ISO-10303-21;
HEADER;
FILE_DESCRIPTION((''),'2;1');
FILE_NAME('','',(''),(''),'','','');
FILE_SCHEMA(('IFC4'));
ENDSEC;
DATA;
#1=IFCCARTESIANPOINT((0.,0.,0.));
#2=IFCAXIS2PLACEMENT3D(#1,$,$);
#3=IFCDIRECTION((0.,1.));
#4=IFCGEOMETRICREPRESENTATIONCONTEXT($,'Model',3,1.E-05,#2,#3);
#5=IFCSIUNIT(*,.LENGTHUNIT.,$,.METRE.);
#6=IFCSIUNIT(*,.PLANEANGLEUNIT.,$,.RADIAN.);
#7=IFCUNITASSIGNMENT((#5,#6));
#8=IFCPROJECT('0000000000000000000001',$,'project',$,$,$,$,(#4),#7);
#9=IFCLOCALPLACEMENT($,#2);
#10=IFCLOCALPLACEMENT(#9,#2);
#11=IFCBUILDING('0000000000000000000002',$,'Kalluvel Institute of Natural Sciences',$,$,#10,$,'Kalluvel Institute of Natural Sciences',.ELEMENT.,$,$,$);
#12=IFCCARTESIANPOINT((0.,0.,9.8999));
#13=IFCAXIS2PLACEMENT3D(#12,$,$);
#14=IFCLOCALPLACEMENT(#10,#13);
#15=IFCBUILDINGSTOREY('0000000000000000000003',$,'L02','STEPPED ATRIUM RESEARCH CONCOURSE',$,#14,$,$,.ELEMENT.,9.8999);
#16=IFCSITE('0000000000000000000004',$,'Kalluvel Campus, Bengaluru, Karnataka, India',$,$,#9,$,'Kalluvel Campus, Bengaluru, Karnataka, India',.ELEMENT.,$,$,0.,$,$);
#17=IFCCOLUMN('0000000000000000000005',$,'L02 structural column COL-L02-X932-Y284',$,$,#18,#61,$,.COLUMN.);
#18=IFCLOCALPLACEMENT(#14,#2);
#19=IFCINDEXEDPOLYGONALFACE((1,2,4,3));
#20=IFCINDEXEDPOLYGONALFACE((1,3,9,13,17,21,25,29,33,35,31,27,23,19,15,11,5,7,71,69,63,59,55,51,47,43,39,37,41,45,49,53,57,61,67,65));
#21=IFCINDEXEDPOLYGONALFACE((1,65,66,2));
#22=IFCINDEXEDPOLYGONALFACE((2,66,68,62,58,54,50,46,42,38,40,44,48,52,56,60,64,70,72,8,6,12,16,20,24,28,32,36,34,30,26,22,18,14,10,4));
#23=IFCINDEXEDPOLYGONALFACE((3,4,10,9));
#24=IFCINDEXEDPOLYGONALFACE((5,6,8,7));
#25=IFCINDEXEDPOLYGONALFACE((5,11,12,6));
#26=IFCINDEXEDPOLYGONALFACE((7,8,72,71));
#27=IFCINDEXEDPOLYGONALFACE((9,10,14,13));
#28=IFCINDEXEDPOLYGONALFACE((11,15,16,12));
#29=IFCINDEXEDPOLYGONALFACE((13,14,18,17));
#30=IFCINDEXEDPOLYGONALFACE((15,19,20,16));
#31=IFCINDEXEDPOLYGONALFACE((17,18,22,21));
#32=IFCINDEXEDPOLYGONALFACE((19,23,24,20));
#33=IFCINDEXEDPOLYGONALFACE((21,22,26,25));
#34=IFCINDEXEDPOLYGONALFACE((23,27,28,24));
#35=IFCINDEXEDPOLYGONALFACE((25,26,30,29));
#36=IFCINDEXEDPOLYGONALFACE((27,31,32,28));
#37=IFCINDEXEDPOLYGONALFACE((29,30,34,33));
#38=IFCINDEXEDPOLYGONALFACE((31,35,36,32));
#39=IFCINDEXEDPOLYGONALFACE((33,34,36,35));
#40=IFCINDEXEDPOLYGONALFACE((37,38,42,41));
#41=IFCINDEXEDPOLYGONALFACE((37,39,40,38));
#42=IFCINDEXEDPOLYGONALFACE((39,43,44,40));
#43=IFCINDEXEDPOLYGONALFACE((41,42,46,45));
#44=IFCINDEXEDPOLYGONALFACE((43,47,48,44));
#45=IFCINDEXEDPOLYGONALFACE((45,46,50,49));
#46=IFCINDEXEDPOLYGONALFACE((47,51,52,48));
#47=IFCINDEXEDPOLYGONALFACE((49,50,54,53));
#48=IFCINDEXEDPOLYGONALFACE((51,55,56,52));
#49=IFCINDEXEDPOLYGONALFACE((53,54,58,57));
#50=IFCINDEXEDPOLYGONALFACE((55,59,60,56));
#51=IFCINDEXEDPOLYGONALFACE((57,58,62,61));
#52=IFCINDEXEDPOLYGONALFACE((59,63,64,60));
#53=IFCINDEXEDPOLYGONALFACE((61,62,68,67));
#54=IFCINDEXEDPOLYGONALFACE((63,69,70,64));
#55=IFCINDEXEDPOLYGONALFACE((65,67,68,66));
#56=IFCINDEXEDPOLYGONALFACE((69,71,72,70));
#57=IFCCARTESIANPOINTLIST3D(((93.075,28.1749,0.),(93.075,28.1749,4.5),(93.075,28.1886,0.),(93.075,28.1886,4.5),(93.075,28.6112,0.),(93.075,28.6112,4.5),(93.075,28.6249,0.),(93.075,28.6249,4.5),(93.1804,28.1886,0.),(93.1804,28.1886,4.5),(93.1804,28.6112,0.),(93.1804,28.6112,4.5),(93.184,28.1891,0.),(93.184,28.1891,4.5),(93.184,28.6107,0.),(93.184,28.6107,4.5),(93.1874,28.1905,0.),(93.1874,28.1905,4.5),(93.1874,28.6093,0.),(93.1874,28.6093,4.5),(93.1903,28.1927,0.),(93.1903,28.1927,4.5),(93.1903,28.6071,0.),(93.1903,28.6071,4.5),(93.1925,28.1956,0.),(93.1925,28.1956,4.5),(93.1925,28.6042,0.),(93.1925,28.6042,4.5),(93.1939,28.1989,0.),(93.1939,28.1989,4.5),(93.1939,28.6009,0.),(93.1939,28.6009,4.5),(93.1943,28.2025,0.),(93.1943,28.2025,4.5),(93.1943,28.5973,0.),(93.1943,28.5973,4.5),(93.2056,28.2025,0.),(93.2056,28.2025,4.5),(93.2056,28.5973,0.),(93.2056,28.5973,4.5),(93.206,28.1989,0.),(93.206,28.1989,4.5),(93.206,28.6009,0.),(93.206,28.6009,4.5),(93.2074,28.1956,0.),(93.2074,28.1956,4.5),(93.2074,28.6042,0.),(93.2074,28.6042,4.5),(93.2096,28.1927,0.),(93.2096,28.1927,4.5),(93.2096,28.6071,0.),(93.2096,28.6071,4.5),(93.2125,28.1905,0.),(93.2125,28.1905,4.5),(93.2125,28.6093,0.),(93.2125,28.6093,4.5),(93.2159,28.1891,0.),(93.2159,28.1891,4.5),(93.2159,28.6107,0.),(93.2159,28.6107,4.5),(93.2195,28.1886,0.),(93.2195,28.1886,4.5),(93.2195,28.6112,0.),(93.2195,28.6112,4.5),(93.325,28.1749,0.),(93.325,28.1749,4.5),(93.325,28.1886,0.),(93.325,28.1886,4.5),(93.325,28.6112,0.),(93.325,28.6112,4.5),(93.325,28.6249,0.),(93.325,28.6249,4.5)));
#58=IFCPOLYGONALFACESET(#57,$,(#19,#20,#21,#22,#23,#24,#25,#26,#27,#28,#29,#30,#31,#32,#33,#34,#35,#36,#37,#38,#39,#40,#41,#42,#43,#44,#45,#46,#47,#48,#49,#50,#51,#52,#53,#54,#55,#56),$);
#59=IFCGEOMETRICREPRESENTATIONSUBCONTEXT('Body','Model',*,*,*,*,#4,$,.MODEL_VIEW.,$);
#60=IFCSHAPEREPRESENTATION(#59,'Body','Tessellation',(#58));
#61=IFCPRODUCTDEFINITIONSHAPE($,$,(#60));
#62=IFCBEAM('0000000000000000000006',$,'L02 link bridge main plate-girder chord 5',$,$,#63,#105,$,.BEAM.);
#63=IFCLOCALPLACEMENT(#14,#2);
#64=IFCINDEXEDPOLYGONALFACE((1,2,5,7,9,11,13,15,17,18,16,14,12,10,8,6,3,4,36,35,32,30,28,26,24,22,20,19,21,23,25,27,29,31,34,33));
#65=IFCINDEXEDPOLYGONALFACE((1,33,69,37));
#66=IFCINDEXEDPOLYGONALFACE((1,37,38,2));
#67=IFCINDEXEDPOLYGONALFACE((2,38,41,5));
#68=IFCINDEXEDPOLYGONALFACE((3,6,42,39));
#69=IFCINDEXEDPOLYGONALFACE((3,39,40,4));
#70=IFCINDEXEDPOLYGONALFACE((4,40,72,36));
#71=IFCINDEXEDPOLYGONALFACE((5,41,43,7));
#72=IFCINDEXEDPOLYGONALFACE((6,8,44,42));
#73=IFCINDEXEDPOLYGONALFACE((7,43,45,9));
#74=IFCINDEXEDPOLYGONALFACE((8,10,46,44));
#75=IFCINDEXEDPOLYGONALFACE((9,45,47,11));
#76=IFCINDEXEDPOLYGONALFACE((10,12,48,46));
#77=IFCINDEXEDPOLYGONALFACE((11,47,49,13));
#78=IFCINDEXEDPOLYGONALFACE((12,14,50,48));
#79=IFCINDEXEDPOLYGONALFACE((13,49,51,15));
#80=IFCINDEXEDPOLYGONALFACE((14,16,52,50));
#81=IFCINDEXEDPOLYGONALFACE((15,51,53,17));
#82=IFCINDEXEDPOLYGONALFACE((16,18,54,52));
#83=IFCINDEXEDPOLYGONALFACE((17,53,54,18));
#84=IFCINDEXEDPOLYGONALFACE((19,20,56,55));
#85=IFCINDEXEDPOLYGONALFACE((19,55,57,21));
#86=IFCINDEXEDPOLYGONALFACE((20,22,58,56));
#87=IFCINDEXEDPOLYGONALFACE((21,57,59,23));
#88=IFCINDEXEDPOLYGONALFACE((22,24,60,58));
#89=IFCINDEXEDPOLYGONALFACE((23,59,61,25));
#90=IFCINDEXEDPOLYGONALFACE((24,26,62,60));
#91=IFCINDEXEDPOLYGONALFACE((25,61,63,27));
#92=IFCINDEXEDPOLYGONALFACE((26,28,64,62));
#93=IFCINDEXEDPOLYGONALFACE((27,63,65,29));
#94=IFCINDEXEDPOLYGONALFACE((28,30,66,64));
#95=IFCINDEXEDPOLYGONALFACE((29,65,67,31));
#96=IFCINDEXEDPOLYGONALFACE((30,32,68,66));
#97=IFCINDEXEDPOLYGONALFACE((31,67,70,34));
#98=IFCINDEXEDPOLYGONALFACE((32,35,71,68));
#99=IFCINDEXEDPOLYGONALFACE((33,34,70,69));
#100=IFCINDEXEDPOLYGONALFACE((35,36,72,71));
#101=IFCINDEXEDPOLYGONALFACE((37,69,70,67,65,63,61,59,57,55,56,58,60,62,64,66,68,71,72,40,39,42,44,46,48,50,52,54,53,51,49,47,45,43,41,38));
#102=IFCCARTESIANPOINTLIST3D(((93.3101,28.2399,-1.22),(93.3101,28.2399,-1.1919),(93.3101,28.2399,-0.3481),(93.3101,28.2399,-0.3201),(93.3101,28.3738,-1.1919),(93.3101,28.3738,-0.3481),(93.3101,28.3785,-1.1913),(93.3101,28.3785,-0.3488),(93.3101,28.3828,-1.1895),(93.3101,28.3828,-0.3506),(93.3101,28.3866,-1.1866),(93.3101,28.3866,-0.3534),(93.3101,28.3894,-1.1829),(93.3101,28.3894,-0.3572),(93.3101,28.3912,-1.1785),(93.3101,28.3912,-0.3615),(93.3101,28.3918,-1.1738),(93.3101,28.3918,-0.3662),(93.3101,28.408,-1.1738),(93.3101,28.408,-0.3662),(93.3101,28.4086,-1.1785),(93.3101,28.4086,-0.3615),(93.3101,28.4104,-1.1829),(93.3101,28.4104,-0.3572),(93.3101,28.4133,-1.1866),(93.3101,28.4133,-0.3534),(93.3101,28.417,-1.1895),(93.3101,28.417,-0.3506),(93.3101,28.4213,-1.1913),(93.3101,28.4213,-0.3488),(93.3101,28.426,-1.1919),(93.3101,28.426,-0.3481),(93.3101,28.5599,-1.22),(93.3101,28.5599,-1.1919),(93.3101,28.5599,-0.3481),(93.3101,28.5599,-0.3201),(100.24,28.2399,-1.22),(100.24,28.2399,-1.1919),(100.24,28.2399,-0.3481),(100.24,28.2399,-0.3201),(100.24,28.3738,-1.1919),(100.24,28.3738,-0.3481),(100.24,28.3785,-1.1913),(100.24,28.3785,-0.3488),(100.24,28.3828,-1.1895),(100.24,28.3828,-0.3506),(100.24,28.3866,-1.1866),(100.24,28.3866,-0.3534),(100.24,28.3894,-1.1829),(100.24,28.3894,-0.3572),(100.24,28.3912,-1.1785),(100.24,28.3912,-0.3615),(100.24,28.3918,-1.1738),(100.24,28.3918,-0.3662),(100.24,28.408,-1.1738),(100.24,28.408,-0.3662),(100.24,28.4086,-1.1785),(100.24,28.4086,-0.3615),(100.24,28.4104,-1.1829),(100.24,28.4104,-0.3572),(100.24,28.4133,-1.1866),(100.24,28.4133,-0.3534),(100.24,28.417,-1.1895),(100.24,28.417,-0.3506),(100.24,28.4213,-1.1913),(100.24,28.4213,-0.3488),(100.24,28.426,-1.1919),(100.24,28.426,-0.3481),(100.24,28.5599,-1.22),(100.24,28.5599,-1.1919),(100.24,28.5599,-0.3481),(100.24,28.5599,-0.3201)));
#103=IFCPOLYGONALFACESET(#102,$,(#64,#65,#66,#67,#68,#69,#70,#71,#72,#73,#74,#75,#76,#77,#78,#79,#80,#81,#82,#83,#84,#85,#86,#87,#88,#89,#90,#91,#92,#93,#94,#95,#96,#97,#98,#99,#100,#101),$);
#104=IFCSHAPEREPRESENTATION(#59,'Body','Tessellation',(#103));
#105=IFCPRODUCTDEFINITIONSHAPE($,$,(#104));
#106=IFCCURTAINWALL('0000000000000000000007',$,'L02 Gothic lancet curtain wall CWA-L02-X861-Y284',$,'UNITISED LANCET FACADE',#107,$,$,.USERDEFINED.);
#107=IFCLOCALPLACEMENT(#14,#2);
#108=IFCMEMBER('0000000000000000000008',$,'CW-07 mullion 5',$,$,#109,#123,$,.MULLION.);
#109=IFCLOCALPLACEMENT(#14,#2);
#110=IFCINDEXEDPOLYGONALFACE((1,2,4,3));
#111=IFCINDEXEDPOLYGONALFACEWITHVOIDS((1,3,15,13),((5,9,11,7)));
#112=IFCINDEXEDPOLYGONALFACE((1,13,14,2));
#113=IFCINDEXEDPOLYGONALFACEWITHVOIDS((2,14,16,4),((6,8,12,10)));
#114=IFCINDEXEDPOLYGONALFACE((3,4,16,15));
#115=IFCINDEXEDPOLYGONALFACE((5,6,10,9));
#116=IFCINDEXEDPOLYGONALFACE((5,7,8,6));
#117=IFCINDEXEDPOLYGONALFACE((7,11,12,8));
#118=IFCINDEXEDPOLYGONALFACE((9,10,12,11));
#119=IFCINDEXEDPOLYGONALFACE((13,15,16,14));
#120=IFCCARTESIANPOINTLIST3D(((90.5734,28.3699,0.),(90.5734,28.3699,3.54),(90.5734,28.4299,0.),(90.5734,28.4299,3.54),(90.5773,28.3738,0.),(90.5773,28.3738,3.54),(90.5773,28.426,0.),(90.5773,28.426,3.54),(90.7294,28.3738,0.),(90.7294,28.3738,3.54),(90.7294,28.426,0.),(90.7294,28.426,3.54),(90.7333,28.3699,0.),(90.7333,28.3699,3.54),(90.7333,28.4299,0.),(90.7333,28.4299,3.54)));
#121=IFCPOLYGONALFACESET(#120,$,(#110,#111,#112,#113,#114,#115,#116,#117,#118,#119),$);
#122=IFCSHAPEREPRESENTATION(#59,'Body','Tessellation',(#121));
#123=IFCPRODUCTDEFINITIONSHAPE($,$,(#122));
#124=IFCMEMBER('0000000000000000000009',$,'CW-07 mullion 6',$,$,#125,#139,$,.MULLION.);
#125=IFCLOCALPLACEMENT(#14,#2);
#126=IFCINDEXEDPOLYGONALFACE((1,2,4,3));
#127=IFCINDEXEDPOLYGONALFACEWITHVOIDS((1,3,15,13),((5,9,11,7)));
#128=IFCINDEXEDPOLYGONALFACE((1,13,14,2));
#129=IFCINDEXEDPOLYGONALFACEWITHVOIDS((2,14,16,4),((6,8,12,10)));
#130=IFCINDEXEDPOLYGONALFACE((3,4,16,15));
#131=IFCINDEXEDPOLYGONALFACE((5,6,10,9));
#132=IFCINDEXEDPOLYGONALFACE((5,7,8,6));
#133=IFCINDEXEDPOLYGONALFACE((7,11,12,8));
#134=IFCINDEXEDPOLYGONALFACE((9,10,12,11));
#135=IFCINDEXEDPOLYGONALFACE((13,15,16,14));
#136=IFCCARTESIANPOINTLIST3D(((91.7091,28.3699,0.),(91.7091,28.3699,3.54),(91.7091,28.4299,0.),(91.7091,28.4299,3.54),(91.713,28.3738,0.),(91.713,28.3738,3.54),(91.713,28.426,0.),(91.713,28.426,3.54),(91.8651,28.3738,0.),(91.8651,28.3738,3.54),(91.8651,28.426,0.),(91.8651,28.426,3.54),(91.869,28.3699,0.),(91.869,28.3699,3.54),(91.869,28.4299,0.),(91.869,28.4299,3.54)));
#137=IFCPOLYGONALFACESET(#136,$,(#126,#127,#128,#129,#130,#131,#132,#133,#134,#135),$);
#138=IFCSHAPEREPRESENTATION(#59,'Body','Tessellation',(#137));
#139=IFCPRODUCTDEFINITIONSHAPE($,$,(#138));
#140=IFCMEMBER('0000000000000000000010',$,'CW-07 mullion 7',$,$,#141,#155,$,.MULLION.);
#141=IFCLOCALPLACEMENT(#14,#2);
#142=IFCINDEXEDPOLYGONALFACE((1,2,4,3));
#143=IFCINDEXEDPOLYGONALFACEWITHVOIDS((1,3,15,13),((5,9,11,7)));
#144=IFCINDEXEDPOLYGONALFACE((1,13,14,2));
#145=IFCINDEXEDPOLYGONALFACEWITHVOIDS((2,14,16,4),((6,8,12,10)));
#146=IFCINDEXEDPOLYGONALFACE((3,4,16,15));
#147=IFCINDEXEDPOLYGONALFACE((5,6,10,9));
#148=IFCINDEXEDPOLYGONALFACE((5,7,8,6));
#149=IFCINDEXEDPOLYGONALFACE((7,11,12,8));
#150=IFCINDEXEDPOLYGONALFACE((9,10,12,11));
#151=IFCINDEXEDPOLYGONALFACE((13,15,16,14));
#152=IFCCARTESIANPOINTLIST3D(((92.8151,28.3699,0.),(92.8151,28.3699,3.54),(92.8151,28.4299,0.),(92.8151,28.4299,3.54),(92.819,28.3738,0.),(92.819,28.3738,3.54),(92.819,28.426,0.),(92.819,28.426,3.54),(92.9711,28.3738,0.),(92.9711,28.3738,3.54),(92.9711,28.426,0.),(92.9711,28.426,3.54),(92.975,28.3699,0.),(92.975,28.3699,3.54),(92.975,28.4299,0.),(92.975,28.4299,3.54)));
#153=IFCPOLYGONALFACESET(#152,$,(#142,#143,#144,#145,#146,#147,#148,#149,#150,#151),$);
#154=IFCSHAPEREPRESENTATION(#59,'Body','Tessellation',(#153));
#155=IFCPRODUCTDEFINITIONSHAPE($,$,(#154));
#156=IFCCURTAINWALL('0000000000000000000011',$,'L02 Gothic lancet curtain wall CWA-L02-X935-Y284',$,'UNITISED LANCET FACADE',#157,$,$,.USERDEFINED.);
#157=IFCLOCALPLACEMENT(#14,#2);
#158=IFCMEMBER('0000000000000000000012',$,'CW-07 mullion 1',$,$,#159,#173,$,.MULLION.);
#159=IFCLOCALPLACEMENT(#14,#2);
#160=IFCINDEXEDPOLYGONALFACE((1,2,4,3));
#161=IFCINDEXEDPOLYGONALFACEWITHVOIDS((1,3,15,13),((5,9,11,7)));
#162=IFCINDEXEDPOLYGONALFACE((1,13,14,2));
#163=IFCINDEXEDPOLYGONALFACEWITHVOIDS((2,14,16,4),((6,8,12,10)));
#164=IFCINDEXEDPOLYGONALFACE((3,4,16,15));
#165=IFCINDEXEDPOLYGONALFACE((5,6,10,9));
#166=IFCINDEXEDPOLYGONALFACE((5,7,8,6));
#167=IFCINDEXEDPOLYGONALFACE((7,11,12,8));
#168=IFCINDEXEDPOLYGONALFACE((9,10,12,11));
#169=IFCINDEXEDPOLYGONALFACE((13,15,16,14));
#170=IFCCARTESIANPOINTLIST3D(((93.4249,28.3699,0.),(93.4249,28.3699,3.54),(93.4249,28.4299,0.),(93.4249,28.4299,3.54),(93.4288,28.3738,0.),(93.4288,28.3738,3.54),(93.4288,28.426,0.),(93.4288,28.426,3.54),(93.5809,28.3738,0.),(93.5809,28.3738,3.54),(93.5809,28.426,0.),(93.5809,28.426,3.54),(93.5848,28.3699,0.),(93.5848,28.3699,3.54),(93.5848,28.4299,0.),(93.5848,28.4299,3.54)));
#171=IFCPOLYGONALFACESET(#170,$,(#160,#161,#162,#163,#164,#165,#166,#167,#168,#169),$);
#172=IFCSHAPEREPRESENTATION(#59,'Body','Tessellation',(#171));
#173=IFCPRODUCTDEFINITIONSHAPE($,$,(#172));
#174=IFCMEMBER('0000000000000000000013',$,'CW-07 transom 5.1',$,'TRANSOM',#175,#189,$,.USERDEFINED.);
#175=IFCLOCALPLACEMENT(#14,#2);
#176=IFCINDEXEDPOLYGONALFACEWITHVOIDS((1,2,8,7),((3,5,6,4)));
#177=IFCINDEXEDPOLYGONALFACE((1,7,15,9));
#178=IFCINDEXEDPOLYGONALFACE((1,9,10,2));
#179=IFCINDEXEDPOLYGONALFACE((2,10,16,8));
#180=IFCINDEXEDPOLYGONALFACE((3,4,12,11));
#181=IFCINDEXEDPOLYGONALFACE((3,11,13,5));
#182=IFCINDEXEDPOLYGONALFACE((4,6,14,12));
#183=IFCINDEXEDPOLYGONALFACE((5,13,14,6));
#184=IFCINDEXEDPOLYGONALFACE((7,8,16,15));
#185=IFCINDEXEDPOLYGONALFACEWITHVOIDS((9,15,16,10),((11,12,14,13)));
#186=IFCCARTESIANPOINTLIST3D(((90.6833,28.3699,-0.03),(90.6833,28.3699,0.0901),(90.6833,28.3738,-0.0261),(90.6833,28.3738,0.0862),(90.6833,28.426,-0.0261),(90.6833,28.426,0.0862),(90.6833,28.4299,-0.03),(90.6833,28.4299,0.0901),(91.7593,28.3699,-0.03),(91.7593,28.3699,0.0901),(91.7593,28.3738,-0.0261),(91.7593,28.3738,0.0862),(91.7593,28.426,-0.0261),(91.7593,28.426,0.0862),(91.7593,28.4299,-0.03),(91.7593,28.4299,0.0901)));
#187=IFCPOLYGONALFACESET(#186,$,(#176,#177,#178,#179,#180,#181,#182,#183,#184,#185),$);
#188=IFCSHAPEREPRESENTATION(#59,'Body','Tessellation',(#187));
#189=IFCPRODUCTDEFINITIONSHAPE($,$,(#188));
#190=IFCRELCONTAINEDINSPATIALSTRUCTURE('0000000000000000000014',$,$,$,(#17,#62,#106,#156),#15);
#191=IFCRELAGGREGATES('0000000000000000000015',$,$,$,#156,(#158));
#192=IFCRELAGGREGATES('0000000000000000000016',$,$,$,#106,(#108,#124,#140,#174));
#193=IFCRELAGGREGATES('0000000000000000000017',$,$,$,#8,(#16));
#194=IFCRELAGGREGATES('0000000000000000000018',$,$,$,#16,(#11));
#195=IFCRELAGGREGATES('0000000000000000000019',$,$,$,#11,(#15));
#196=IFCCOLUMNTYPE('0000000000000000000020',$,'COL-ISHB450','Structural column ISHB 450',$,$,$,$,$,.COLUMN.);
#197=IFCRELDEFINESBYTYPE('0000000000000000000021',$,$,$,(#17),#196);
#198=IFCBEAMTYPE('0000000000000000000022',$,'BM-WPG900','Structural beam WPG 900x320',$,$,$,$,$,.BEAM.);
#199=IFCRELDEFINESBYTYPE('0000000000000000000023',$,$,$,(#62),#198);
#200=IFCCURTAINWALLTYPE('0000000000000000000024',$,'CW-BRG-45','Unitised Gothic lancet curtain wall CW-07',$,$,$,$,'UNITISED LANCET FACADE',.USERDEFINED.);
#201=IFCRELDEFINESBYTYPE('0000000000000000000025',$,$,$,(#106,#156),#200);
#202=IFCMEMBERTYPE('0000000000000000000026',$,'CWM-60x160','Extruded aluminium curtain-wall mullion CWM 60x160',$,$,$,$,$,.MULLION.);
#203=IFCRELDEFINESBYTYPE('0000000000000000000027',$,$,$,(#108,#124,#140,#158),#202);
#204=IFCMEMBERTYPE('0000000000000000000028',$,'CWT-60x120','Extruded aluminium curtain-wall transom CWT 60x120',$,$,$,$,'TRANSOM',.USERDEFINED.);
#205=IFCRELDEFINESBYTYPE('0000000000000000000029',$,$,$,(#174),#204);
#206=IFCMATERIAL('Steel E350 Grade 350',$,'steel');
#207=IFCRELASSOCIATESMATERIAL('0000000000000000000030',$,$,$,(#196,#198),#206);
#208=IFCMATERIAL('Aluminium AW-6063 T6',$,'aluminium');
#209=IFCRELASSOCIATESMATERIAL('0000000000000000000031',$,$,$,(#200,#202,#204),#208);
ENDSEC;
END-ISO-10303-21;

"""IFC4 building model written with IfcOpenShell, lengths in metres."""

from ifc_helpers import new_model, si_unit, direction, frame, origin, origin_2d, place, context, subcontext, project, spatial, hollow_rectangle, i_section, extrude, material, material_profile, profile_set, type_object, element, aggregate, save


model = new_model("IFC4")

# Units and contexts
model_context = context("Model", 3, precision=1e-05, world=origin(), true_north=direction((0.0, 1.0)))
body_context = subcontext(model_context, "Body", "Model", "MODEL_VIEW")
ifc_project = project(units=[si_unit("LENGTHUNIT", "METRE"), si_unit("PLANEANGLEUNIT", "RADIAN")], contexts=[model_context])

# Site, building, storey
site_placement = place(None, origin())
site = spatial("IfcSite", under=ifc_project, at=site_placement, Name="Kalluvel Campus, Bengaluru, Karnataka, India", LongName="Kalluvel Campus, Bengaluru, Karnataka, India", CompositionType="ELEMENT", RefElevation=0.0)
building_placement = place(site_placement, origin())
building = spatial("IfcBuilding", under=site, at=building_placement, Name="Kalluvel Institute of Natural Sciences", LongName="Kalluvel Institute of Natural Sciences", CompositionType="ELEMENT")
storey_placement = place(building_placement, frame((0.0, 0.0, 9.8999)))
storey = spatial("IfcBuildingStorey", under=building, at=storey_placement, Name="L02", Description="STEPPED ATRIUM RESEARCH CONCOURSE", CompositionType="ELEMENT", Elevation=9.8999)

# Column
ifc_material_1 = material(Name="Steel E350 Grade 350", Category="steel")
ifc_material_profile_1 = material_profile(ifc_material_1, i_section(OverallWidth=0.25, OverallDepth=0.45, WebThickness=0.0112, FlangeThickness=0.0137, FilletRadius=0.0139, at=origin_2d()), Name="ISHB 450")
ifc_profile_set_1 = profile_set([ifc_material_profile_1], Name="Steel E350 Grade 350")
column_type = type_object("IfcColumnType", Name="COL-ISHB450", Description="Structural column ISHB 450", PredefinedType="COLUMN", material=ifc_profile_set_1)
column_placement = place(storey_placement, frame((93.2, 28.3999, 0.0), z_axis=(0.0, 0.0, 1.0), x_axis=(1.0, 0.0, 0.0)))
element("IfcColumn", 1, at=column_placement, inside=storey, type_object=column_type, Name="L02 structural column COL-L02-X932-Y284", PredefinedType="COLUMN", context=body_context, shape_type="SweptSolid", body=[
    extrude(i_section(OverallWidth=0.25, OverallDepth=0.45, WebThickness=0.0112, FlangeThickness=0.0137, FilletRadius=0.0139, at=origin_2d()), origin(), (0.0, 0.0, 1.0), 4.5),
])

# Beam
ifc_material_profile_2 = material_profile(ifc_material_1, i_section(OverallWidth=0.3201, OverallDepth=0.8999, WebThickness=0.0161, FlangeThickness=0.0281, FilletRadius=0.0181, at=origin_2d()), Name="WPG 900x320")
ifc_profile_set_2 = profile_set([ifc_material_profile_2], Name="Steel E350 Grade 350")
beam_type = type_object("IfcBeamType", Name="BM-WPG900", Description="Structural beam WPG 900x320", PredefinedType="BEAM", material=ifc_profile_set_2)
beam_placement = place(storey_placement, frame((93.3101, 28.3999, -0.77), z_axis=(1.0, 0.0, 0.0), x_axis=(0.0, 1.0, 0.0)))
element("IfcBeam", 2, at=beam_placement, inside=storey, type_object=beam_type, Name="L02 link bridge main plate-girder chord 5", PredefinedType="BEAM", context=body_context, shape_type="SweptSolid", body=[
    extrude(i_section(OverallWidth=0.3201, OverallDepth=0.8999, WebThickness=0.0161, FlangeThickness=0.0281, FilletRadius=0.0181, at=origin_2d()), origin(), (0.0, 0.0, 1.0), 6.9299),
])

# Curtain wall, members
ifc_material_2 = material(Name="Aluminium AW-6063 T6", Category="aluminium")
curtain_wall_type_1 = type_object("IfcCurtainWallType", Name="CW-BRG-45", Description="Unitised Gothic lancet curtain wall CW-07", ElementType="UNITISED LANCET FACADE", PredefinedType="USERDEFINED", material=ifc_material_2)
curtain_wall_1_placement = place(storey_placement, origin())
curtain_wall_1 = element("IfcCurtainWall", 3, at=curtain_wall_1_placement, inside=storey, type_object=curtain_wall_type_1, Name="L02 Gothic lancet curtain wall CWA-L02-X861-Y284", ObjectType="UNITISED LANCET FACADE", PredefinedType="USERDEFINED")
ifc_material_profile_3 = material_profile(ifc_material_2, hollow_rectangle(XDim=0.0601, YDim=0.1599, WallThickness=0.0039, at=origin_2d()), Name="CWM 60x160")
ifc_profile_set_3 = profile_set([ifc_material_profile_3], Name="Aluminium AW-6063 T6")
member_type_1 = type_object("IfcMemberType", Name="CWM-60x160", Description="Extruded aluminium curtain-wall mullion CWM 60x160", PredefinedType="MULLION", material=ifc_profile_set_3)
member_1_placement = place(storey_placement, frame((90.6533, 28.3999, 0.0), z_axis=(0.0, 0.0, 1.0), x_axis=(0.0, 1.0, 0.0)))
member_1 = element("IfcMember", 4, at=member_1_placement, type_object=member_type_1, Name="CW-07 mullion 5", PredefinedType="MULLION", context=body_context, shape_type="SweptSolid", body=[
    extrude(hollow_rectangle(XDim=0.0601, YDim=0.1599, WallThickness=0.0039, at=origin_2d()), origin(), (0.0, 0.0, 1.0), 3.54),
])
member_2_placement = place(storey_placement, frame((91.7891, 28.3999, 0.0), z_axis=(0.0, 0.0, 1.0), x_axis=(0.0, 1.0, 0.0)))
member_2 = element("IfcMember", 5, at=member_2_placement, type_object=member_type_1, Name="CW-07 mullion 6", PredefinedType="MULLION", context=body_context, shape_type="SweptSolid", body=[
    extrude(hollow_rectangle(XDim=0.0601, YDim=0.1599, WallThickness=0.0039, at=origin_2d()), origin(), (0.0, 0.0, 1.0), 3.54),
])
member_3_placement = place(storey_placement, frame((92.895, 28.3999, 0.0), z_axis=(0.0, 0.0, 1.0), x_axis=(0.0, 1.0, 0.0)))
member_3 = element("IfcMember", 6, at=member_3_placement, type_object=member_type_1, Name="CW-07 mullion 7", PredefinedType="MULLION", context=body_context, shape_type="SweptSolid", body=[
    extrude(hollow_rectangle(XDim=0.0601, YDim=0.1599, WallThickness=0.0039, at=origin_2d()), origin(), (0.0, 0.0, 1.0), 3.54),
])

# Curtain wall, member
curtain_wall_2_placement = place(storey_placement, origin())
curtain_wall_2 = element("IfcCurtainWall", 7, at=curtain_wall_2_placement, inside=storey, type_object=curtain_wall_type_1, Name="L02 Gothic lancet curtain wall CWA-L02-X935-Y284", ObjectType="UNITISED LANCET FACADE", PredefinedType="USERDEFINED")
member_4_placement = place(storey_placement, frame((93.5049, 28.3999, 0.0), z_axis=(0.0, 0.0, 1.0), x_axis=(0.0, 1.0, 0.0)))
member_4 = element("IfcMember", 8, at=member_4_placement, type_object=member_type_1, Name="CW-07 mullion 1", PredefinedType="MULLION", context=body_context, shape_type="SweptSolid", body=[
    extrude(hollow_rectangle(XDim=0.0601, YDim=0.1599, WallThickness=0.0039, at=origin_2d()), origin(), (0.0, 0.0, 1.0), 3.54),
])
aggregate(curtain_wall_2, [member_4])

# Member
ifc_material_profile_4 = material_profile(ifc_material_2, hollow_rectangle(XDim=0.0601, YDim=0.1201, WallThickness=0.0039, at=origin_2d()), Name="CWT 60x120")
ifc_profile_set_4 = profile_set([ifc_material_profile_4], Name="Aluminium AW-6063 T6")
member_type_2 = type_object("IfcMemberType", Name="CWT-60x120", Description="Extruded aluminium curtain-wall transom CWT 60x120", ElementType="TRANSOM", PredefinedType="USERDEFINED", material=ifc_profile_set_4)
member_5_placement = place(storey_placement, frame((90.6833, 28.3999, 0.03), z_axis=(1.0, 0.0, 0.0), x_axis=(0.0, 1.0, 0.0)))
member_5 = element("IfcMember", 9, at=member_5_placement, type_object=member_type_2, Name="CW-07 transom 5.1", ObjectType="TRANSOM", PredefinedType="USERDEFINED", context=body_context, shape_type="SweptSolid", body=[
    extrude(hollow_rectangle(XDim=0.0601, YDim=0.1201, WallThickness=0.0039, at=origin_2d()), origin(), (0.0, 0.0, 1.0), 1.0759),
])

aggregate(curtain_wall_1, [member_1, member_2, member_3, member_5])

save(model, "model.ifc")
